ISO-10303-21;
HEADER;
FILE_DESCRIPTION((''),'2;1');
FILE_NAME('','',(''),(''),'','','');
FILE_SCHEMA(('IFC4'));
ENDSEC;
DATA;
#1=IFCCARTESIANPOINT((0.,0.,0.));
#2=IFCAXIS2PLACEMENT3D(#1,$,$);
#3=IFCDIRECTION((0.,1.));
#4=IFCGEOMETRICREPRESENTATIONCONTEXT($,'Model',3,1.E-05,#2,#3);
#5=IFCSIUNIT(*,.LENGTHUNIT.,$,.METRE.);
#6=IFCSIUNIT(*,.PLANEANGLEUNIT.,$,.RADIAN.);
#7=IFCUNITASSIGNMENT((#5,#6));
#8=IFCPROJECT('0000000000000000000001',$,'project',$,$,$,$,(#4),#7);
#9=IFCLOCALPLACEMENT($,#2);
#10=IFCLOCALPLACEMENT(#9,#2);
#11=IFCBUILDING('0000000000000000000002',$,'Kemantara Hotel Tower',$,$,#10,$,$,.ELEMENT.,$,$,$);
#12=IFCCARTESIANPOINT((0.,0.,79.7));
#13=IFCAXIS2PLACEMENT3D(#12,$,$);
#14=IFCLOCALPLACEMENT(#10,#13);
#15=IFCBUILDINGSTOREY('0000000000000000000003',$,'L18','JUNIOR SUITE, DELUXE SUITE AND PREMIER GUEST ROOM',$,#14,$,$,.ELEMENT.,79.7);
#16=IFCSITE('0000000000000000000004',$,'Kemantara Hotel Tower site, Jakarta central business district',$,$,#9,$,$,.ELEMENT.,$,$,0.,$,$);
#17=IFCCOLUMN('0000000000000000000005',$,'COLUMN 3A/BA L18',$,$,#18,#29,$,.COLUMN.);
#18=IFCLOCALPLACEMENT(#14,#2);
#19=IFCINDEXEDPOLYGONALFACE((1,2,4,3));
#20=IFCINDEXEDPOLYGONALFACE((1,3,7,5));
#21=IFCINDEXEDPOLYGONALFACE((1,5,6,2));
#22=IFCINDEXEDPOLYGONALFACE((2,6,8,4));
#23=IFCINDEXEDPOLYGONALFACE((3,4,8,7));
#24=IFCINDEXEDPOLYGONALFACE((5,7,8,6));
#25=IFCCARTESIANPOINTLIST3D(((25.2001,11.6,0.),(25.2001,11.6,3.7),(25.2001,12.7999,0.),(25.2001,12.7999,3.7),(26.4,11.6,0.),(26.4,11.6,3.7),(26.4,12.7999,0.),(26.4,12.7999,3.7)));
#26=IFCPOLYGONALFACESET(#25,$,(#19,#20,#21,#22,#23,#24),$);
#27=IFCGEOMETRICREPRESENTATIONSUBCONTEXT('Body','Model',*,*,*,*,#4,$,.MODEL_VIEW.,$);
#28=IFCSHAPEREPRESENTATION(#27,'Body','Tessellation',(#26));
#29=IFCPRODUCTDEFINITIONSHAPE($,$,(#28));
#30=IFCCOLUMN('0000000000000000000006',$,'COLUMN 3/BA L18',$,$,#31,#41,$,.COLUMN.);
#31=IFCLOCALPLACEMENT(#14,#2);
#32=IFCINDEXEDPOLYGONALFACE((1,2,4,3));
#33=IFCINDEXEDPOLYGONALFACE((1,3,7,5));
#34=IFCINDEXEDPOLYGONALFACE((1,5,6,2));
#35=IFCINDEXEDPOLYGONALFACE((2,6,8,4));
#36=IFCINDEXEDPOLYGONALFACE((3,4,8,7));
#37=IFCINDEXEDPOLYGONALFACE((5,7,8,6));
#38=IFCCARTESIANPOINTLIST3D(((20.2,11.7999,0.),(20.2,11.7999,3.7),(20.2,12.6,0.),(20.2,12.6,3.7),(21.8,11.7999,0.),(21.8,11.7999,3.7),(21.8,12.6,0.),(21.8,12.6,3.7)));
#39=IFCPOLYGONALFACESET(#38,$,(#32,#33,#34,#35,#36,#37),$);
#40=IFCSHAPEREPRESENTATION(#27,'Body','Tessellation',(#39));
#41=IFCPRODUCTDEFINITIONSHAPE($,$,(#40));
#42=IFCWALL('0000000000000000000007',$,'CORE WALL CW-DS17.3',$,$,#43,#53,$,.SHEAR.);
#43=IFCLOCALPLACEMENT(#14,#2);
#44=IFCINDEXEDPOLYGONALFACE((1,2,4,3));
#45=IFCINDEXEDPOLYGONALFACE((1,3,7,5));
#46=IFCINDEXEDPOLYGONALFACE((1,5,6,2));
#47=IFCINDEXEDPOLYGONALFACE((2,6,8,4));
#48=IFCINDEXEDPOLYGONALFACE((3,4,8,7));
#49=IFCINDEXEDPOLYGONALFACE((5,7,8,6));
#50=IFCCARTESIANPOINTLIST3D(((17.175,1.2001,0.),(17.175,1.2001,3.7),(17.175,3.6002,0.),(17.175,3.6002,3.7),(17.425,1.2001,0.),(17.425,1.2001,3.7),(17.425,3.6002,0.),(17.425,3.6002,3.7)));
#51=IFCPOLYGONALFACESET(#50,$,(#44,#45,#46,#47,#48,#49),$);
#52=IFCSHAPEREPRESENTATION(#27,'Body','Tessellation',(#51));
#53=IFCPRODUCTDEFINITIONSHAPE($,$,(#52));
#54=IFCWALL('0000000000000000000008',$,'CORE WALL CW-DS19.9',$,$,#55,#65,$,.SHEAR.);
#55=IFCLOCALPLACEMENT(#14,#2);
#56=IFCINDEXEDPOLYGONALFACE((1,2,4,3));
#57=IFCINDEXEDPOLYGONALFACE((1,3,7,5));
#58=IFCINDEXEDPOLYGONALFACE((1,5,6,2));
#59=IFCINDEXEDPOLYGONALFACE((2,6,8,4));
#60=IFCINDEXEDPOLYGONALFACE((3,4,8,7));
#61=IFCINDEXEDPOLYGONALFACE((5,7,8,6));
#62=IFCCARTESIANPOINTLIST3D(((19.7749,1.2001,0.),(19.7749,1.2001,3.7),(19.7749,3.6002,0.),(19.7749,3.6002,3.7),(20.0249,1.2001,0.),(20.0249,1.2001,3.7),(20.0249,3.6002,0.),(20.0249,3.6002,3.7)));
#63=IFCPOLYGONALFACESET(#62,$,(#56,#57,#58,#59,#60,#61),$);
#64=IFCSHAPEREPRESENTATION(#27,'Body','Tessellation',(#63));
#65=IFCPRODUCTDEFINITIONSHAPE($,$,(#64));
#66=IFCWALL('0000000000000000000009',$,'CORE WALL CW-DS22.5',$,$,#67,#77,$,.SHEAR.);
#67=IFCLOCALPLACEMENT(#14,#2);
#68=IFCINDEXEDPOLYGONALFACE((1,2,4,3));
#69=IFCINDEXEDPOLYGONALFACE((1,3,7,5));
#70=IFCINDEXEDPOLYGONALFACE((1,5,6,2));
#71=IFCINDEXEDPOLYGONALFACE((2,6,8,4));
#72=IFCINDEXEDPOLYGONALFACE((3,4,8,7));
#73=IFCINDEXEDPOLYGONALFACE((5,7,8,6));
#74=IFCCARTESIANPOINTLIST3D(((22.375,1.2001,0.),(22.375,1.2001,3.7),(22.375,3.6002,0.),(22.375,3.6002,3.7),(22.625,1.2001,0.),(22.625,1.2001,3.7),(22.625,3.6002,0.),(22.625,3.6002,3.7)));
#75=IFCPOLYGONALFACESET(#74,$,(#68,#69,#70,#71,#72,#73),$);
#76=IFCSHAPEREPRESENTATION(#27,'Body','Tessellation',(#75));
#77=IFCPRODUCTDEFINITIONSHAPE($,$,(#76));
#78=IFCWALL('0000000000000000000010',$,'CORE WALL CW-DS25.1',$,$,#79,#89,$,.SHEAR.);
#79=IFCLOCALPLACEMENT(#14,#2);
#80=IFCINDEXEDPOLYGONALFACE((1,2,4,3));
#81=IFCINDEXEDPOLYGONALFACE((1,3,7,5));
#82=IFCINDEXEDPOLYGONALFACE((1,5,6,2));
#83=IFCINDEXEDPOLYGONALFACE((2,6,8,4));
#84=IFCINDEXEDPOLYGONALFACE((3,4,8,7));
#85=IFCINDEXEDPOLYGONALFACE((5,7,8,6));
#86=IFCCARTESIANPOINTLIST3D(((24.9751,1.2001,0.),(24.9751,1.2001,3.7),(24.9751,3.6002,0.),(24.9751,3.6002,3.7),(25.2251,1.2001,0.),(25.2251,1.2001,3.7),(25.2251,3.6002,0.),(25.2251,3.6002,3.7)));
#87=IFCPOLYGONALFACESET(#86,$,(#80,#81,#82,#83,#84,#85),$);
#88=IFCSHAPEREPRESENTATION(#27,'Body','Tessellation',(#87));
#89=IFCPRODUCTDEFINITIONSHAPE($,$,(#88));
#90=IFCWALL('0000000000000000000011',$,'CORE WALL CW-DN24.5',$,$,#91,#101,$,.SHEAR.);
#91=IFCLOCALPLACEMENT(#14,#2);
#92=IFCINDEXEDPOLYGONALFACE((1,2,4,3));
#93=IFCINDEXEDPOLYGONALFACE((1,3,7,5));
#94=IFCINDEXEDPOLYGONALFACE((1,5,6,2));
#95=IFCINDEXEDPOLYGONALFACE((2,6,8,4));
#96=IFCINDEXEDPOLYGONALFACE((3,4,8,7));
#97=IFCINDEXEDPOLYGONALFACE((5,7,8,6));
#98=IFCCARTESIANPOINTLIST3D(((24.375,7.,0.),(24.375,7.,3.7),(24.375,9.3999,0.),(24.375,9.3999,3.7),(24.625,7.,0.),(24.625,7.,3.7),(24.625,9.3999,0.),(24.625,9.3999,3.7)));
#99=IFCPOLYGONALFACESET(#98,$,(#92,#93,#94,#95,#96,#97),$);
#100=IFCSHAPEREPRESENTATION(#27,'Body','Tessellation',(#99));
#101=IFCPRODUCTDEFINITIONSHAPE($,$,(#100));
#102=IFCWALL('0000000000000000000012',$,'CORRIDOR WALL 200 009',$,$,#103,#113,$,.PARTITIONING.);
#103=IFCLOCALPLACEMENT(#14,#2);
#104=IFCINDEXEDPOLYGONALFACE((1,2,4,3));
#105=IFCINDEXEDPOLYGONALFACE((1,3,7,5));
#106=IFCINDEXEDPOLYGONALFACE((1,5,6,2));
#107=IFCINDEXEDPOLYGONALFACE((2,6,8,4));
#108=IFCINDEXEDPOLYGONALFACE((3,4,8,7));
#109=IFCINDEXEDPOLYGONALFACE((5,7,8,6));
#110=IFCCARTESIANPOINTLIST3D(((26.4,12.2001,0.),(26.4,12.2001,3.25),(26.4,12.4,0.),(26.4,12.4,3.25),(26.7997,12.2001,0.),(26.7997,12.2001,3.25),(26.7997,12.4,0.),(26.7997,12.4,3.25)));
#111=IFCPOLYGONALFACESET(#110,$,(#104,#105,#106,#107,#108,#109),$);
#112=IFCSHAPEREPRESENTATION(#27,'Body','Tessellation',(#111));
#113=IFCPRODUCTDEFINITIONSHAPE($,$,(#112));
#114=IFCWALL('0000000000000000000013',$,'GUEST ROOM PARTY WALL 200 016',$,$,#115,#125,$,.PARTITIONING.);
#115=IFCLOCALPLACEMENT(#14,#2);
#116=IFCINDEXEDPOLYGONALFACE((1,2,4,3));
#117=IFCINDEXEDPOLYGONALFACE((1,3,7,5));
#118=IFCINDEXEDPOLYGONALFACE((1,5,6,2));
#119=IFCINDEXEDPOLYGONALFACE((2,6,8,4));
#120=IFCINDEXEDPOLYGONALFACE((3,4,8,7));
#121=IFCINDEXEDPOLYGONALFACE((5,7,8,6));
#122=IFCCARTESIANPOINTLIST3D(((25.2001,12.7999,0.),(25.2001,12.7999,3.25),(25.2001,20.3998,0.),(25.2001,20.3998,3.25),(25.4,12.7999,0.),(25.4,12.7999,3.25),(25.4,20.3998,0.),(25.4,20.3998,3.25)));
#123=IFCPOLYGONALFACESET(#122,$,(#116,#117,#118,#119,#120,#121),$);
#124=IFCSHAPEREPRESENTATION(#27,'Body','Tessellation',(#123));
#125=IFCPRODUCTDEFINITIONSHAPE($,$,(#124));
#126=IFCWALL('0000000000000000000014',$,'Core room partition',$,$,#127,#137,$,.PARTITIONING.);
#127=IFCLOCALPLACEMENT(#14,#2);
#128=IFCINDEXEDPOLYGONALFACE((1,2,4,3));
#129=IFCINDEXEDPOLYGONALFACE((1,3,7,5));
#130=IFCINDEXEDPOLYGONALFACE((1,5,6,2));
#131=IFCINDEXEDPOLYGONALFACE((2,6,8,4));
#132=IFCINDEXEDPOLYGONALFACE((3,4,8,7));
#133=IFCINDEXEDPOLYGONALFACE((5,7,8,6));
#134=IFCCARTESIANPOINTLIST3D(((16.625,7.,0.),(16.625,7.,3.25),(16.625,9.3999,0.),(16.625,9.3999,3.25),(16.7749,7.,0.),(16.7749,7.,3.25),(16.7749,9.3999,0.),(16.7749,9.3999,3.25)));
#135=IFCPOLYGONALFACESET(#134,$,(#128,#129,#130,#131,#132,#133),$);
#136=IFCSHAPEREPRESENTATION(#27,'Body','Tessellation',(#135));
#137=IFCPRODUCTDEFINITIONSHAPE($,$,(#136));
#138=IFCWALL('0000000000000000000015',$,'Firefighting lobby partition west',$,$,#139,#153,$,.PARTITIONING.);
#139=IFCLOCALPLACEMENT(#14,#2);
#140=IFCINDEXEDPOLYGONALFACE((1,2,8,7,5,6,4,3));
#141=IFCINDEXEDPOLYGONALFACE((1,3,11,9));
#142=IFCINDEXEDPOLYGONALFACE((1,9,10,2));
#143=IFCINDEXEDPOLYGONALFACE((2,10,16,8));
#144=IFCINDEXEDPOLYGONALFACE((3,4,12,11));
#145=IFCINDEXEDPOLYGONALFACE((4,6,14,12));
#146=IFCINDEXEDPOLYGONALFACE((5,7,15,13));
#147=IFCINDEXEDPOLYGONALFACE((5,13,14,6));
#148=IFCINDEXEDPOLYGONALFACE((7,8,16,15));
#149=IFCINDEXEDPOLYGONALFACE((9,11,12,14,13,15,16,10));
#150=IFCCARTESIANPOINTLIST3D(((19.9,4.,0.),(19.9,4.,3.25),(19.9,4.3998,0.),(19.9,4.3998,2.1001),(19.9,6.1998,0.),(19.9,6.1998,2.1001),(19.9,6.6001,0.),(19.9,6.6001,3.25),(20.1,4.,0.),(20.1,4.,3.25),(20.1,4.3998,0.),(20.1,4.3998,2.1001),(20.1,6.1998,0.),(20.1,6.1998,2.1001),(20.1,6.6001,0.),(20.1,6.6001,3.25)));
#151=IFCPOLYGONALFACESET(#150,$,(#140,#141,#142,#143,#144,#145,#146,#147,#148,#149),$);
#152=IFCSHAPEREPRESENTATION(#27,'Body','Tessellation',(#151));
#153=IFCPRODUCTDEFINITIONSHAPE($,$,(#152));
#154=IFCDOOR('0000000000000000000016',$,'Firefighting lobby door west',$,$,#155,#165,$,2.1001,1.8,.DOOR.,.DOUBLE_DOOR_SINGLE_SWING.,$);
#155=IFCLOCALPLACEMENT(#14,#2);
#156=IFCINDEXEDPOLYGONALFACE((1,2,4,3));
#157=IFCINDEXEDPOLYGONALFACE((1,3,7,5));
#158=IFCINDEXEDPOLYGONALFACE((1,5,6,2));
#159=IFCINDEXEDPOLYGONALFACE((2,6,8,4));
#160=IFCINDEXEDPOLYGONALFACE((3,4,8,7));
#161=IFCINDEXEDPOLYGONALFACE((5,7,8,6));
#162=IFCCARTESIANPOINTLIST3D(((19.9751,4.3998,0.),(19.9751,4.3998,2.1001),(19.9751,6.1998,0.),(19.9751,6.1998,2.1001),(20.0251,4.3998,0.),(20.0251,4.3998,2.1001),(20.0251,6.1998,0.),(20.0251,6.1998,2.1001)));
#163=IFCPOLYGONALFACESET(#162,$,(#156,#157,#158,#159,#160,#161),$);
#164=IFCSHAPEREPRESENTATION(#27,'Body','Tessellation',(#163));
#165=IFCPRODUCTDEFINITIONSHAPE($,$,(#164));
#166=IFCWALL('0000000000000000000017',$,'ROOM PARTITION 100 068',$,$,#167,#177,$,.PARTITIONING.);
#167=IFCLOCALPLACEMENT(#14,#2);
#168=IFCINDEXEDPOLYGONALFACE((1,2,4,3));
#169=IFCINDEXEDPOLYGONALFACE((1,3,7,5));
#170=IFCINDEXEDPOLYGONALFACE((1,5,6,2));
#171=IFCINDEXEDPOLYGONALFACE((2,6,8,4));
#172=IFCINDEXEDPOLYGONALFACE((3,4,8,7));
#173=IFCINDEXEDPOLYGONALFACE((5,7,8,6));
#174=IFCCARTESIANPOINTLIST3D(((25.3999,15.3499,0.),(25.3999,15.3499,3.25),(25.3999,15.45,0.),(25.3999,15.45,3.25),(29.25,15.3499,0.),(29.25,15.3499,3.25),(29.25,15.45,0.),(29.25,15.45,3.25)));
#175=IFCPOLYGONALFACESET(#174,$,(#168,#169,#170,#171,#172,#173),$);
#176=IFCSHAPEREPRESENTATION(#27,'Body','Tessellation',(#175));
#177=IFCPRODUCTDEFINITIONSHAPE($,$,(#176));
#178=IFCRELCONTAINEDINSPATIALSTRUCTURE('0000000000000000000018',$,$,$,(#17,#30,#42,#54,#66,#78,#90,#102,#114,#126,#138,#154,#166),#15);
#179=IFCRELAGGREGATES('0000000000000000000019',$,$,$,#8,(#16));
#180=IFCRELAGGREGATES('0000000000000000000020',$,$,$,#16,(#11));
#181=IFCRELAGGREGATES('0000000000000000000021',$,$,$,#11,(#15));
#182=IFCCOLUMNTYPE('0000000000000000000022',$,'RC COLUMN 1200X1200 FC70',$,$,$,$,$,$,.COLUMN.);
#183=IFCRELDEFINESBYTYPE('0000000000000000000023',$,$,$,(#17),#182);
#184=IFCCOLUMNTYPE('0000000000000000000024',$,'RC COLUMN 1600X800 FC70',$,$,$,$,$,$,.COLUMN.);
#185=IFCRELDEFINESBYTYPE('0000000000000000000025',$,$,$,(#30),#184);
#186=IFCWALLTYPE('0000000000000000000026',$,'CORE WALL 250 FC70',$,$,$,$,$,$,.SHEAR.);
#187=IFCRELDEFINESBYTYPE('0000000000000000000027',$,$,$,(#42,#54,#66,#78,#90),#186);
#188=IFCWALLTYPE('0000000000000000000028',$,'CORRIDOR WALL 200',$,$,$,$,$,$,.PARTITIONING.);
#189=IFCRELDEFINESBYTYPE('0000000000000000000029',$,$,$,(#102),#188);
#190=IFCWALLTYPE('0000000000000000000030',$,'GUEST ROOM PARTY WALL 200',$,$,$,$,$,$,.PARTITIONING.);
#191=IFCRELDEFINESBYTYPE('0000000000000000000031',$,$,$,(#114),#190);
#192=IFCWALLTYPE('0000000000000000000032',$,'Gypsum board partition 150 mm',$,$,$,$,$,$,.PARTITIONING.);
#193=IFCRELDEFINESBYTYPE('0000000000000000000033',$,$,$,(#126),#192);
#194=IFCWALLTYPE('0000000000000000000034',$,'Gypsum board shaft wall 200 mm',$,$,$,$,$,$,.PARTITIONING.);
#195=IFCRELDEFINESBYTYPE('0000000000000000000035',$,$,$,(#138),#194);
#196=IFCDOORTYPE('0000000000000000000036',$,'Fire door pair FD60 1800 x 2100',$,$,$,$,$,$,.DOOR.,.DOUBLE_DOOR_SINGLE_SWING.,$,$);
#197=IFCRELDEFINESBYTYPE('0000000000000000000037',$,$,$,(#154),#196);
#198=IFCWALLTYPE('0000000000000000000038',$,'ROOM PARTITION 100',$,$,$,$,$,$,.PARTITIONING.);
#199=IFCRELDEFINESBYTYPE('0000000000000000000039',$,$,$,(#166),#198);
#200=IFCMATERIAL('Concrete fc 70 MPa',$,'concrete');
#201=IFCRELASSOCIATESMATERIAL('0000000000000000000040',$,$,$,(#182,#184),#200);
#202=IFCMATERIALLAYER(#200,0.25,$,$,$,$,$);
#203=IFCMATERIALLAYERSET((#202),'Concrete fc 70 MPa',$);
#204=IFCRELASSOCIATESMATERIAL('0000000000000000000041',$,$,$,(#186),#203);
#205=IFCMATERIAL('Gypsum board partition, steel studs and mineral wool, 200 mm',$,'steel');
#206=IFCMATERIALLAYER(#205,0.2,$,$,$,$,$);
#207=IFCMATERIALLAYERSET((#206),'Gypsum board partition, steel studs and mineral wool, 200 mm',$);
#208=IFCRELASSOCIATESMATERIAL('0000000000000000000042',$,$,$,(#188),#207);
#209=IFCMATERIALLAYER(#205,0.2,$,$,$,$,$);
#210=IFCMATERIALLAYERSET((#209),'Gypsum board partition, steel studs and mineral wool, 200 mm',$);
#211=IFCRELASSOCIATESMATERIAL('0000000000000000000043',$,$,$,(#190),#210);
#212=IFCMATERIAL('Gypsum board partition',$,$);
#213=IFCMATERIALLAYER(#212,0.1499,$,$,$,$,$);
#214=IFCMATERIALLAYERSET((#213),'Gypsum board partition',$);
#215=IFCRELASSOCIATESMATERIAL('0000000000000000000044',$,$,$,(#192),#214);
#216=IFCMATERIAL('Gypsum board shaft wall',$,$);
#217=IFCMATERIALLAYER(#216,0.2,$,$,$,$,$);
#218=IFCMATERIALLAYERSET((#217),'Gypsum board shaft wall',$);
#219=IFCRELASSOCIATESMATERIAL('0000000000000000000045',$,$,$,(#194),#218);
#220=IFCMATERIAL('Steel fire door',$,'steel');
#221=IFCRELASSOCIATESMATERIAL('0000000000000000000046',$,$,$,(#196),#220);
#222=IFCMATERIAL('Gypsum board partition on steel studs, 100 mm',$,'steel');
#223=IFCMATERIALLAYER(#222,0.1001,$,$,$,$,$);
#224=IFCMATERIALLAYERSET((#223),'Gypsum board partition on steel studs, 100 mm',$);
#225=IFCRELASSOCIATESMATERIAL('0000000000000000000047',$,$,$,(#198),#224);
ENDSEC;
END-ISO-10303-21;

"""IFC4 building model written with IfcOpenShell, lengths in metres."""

from ifc_helpers import new_model, si_unit, direction, frame, frame_2d, origin, origin_2d, place, context, subcontext, project, spatial, rectangle, extrude, material, layer, layer_set, material_profile, profile_set, type_object, element, fill, save


model = new_model("IFC4")

# Units and contexts
model_context = context("Model", 3, precision=1e-05, world=origin(), true_north=direction((0.0, 1.0)))
body_context = subcontext(model_context, "Body", "Model", "MODEL_VIEW")
ifc_project = project(units=[si_unit("LENGTHUNIT", "METRE"), si_unit("PLANEANGLEUNIT", "RADIAN")], contexts=[model_context])

# Site, building, storey
site_placement = place(None, origin())
site = spatial("IfcSite", under=ifc_project, at=site_placement, Name="Kemantara Hotel Tower site, Jakarta central business district", CompositionType="ELEMENT", RefElevation=0.0)
building_placement = place(site_placement, origin())
building = spatial("IfcBuilding", under=site, at=building_placement, Name="Kemantara Hotel Tower", CompositionType="ELEMENT")
storey_placement = place(building_placement, frame((0.0, 0.0, 79.7)))
storey = spatial("IfcBuildingStorey", under=building, at=storey_placement, Name="L18", Description="JUNIOR SUITE, DELUXE SUITE AND PREMIER GUEST ROOM", CompositionType="ELEMENT", Elevation=79.7)

# Columns
ifc_material_1 = material(Name="Concrete fc 70 MPa", Category="concrete")
ifc_material_profile_1 = material_profile(ifc_material_1, rectangle(XDim=1.2, YDim=1.2, at=origin_2d()), Name="RC 1200X1200")
ifc_profile_set_1 = profile_set([ifc_material_profile_1], Name="Concrete fc 70 MPa")
column_type_1 = type_object("IfcColumnType", Name="RC COLUMN 1200X1200 FC70", PredefinedType="COLUMN", material=ifc_profile_set_1)
column_1_placement = place(storey_placement, frame((25.8, 12.2, 0.0), z_axis=(0.0, 0.0, 1.0), x_axis=(1.0, 0.0, 0.0)))
element("IfcColumn", 1, at=column_1_placement, inside=storey, type_object=column_type_1, Name="COLUMN 3A/BA L18", PredefinedType="COLUMN", context=body_context, shape_type="SweptSolid", body=[
    extrude(rectangle(XDim=1.2, YDim=1.2, at=origin_2d()), origin(), (0.0, 0.0, 1.0), 3.7),
])
ifc_material_profile_2 = material_profile(ifc_material_1, rectangle(XDim=1.6001, YDim=0.8, at=origin_2d()), Name="RC 1600X800")
ifc_profile_set_2 = profile_set([ifc_material_profile_2], Name="Concrete fc 70 MPa")
column_type_2 = type_object("IfcColumnType", Name="RC COLUMN 1600X800 FC70", PredefinedType="COLUMN", material=ifc_profile_set_2)
column_2_placement = place(storey_placement, frame((21.0, 12.2, 0.0), z_axis=(0.0, 0.0, 1.0), x_axis=(1.0, 0.0, 0.0)))
element("IfcColumn", 2, at=column_2_placement, inside=storey, type_object=column_type_2, Name="COLUMN 3/BA L18", PredefinedType="COLUMN", context=body_context, shape_type="SweptSolid", body=[
    extrude(rectangle(XDim=1.6001, YDim=0.8, at=origin_2d()), origin(), (0.0, 0.0, 1.0), 3.7),
])

# Walls
ifc_layer_1 = layer(ifc_material_1, 0.25)
ifc_layer_set_1 = layer_set([ifc_layer_1], Name="Concrete fc 70 MPa")
wall_type_1 = type_object("IfcWallType", Name="CORE WALL 250 FC70", PredefinedType="SHEAR", material=ifc_layer_set_1)
for number, where, z_axis, x_axis, name in (
    (3, (17.3, 1.2, 0.0), (0.0, 0.0, 1.0), (0.0, 1.0, 0.0), "CORE WALL CW-DS17.3"),
    (4, (19.8999, 1.2, 0.0), (0.0, 0.0, 1.0), (0.0, 1.0, 0.0), "CORE WALL CW-DS19.9"),
    (5, (22.5, 1.2, 0.0), (0.0, 0.0, 1.0), (0.0, 1.0, 0.0), "CORE WALL CW-DS22.5"),
    (6, (25.1001, 1.2, 0.0), (0.0, 0.0, 1.0), (0.0, 1.0, 0.0), "CORE WALL CW-DS25.1"),
):
    element("IfcWall", number, at=place(storey_placement, frame(where, z_axis=z_axis, x_axis=x_axis)), inside=storey, type_object=wall_type_1, Name=name, PredefinedType="SHEAR", context=body_context, shape_type="SweptSolid", body=[
        extrude(rectangle(XDim=2.4001, YDim=0.25, at=frame_2d((1.2002, 0.0))), origin(), (0.0, 0.0, 1.0), 3.7),
    ])
wall_1_placement = place(storey_placement, frame((24.5, 7.0, 0.0), z_axis=(0.0, 0.0, 1.0), x_axis=(0.0, 1.0, 0.0)))
element("IfcWall", 7, at=wall_1_placement, inside=storey, type_object=wall_type_1, Name="CORE WALL CW-DN24.5", PredefinedType="SHEAR", context=body_context, shape_type="SweptSolid", body=[
    extrude(rectangle(XDim=2.3999, YDim=0.25, at=frame_2d((1.2, 0.0))), origin(), (0.0, 0.0, 1.0), 3.7),
])
ifc_material_2 = material(Name="Gypsum board partition, steel studs and mineral wool, 200 mm", Category="steel")
ifc_layer_2 = layer(ifc_material_2, 0.2)
ifc_layer_set_2 = layer_set([ifc_layer_2], Name="Gypsum board partition, steel studs and mineral wool, 200 mm")
wall_type_2 = type_object("IfcWallType", Name="CORRIDOR WALL 200", PredefinedType="PARTITIONING", material=ifc_layer_set_2)
wall_2_placement = place(storey_placement, frame((26.4001, 12.3, 0.0), z_axis=(0.0, 0.0, 1.0), x_axis=(1.0, 0.0, 0.0)))
element("IfcWall", 8, at=wall_2_placement, inside=storey, type_object=wall_type_2, Name="CORRIDOR WALL 200 009", PredefinedType="PARTITIONING", context=body_context, shape_type="SweptSolid", body=[
    extrude(rectangle(XDim=0.3997, YDim=0.2, at=frame_2d((0.1997, 0.0))), origin(), (0.0, 0.0, 1.0), 3.25),
])
ifc_layer_3 = layer(ifc_material_2, 0.2)
ifc_layer_set_3 = layer_set([ifc_layer_3], Name="Gypsum board partition, steel studs and mineral wool, 200 mm")
wall_type_3 = type_object("IfcWallType", Name="GUEST ROOM PARTY WALL 200", PredefinedType="PARTITIONING", material=ifc_layer_set_3)
wall_3_placement = place(storey_placement, frame((25.3, 12.8, 0.0), z_axis=(0.0, 0.0, 1.0), x_axis=(0.0, 1.0, 0.0)))
element("IfcWall", 9, at=wall_3_placement, inside=storey, type_object=wall_type_3, Name="GUEST ROOM PARTY WALL 200 016", PredefinedType="PARTITIONING", context=body_context, shape_type="SweptSolid", body=[
    extrude(rectangle(XDim=7.5999, YDim=0.2, at=frame_2d((3.7998, 0.0))), origin(), (0.0, 0.0, 1.0), 3.25),
])
ifc_material_3 = material(Name="Gypsum board partition")
ifc_layer_4 = layer(ifc_material_3, 0.1499)
ifc_layer_set_4 = layer_set([ifc_layer_4], Name="Gypsum board partition")
wall_type_4 = type_object("IfcWallType", Name="Gypsum board partition 150 mm", PredefinedType="PARTITIONING", material=ifc_layer_set_4)
wall_4_placement = place(storey_placement, frame((16.7, 7.0, 0.0), z_axis=(0.0, 0.0, 1.0), x_axis=(0.0, 1.0, 0.0)))
element("IfcWall", 10, at=wall_4_placement, inside=storey, type_object=wall_type_4, Name="Core room partition", PredefinedType="PARTITIONING", context=body_context, shape_type="SweptSolid", body=[
    extrude(rectangle(XDim=2.3999, YDim=0.1499, at=frame_2d((1.2, 0.0))), origin(), (0.0, 0.0, 1.0), 3.25),
])

# Wall, opening, door
ifc_material_4 = material(Name="Gypsum board shaft wall")
ifc_layer_5 = layer(ifc_material_4, 0.2)
ifc_layer_set_5 = layer_set([ifc_layer_5], Name="Gypsum board shaft wall")
wall_type_5 = type_object("IfcWallType", Name="Gypsum board shaft wall 200 mm", PredefinedType="PARTITIONING", material=ifc_layer_set_5)
wall_5_placement = place(storey_placement, frame((20.0, 4.0, 0.0), z_axis=(0.0, 0.0, 1.0), x_axis=(0.0, 1.0, 0.0)))
wall_5 = element("IfcWall", 11, at=wall_5_placement, inside=storey, type_object=wall_type_5, Name="Firefighting lobby partition west", PredefinedType="PARTITIONING", context=body_context, shape_type="SweptSolid", body=[
    extrude(rectangle(XDim=2.6001, YDim=0.2, at=frame_2d((1.3, 0.0))), origin(), (0.0, 0.0, 1.0), 3.25),
])
opening_placement = place(wall_5_placement, frame((0.3999, 0.0, 0.0)))
opening = element("IfcOpeningElement", 12, at=opening_placement, cuts=wall_5, PredefinedType="OPENING", context=body_context, shape_type="SweptSolid", body=[
    extrude(rectangle(XDim=1.8, YDim=2.1001, at=frame_2d((0.8999, 1.05))), frame((0.0, 0.1099, 0.0), z_axis=(0.0, -1.0, 0.0), x_axis=(1.0, 0.0, 0.0)), (0.0, 0.0, 1.0), 0.22),
])
ifc_material_5 = material(Name="Steel fire door", Category="steel")
door_type = type_object("IfcDoorType", Name="Fire door pair FD60 1800 x 2100", OperationType="DOUBLE_DOOR_SINGLE_SWING", PredefinedType="DOOR", material=ifc_material_5)
door_placement = place(opening_placement, origin())
door = element("IfcDoor", 13, at=door_placement, inside=storey, type_object=door_type, Name="Firefighting lobby door west", OperationType="DOUBLE_DOOR_SINGLE_SWING", OverallHeight=2.1001, OverallWidth=1.8, PredefinedType="DOOR", context=body_context, shape_type="SweptSolid", body=[
    extrude(rectangle(XDim=1.8, YDim=2.1001, at=frame_2d((0.8999, 1.05))), frame((0.0, 0.0249, 0.0), z_axis=(0.0, -1.0, 0.0), x_axis=(1.0, 0.0, 0.0)), (0.0, 0.0, 1.0), 0.05),
])
fill(opening, door)

# Wall
ifc_material_6 = material(Name="Gypsum board partition on steel studs, 100 mm", Category="steel")
ifc_layer_6 = layer(ifc_material_6, 0.1001)
ifc_layer_set_6 = layer_set([ifc_layer_6], Name="Gypsum board partition on steel studs, 100 mm")
wall_type_6 = type_object("IfcWallType", Name="ROOM PARTITION 100", PredefinedType="PARTITIONING", material=ifc_layer_set_6)
wall_6_placement = place(storey_placement, frame((25.3999, 15.3999, 0.0), z_axis=(0.0, 0.0, 1.0), x_axis=(1.0, 0.0, 0.0)))
element("IfcWall", 14, at=wall_6_placement, inside=storey, type_object=wall_type_6, Name="ROOM PARTITION 100 068", PredefinedType="PARTITIONING", context=body_context, shape_type="SweptSolid", body=[
    extrude(rectangle(XDim=3.8501, YDim=0.1001, at=frame_2d((1.925, 0.0))), origin(), (0.0, 0.0, 1.0), 3.25),
])

save(model, "model.ifc")
